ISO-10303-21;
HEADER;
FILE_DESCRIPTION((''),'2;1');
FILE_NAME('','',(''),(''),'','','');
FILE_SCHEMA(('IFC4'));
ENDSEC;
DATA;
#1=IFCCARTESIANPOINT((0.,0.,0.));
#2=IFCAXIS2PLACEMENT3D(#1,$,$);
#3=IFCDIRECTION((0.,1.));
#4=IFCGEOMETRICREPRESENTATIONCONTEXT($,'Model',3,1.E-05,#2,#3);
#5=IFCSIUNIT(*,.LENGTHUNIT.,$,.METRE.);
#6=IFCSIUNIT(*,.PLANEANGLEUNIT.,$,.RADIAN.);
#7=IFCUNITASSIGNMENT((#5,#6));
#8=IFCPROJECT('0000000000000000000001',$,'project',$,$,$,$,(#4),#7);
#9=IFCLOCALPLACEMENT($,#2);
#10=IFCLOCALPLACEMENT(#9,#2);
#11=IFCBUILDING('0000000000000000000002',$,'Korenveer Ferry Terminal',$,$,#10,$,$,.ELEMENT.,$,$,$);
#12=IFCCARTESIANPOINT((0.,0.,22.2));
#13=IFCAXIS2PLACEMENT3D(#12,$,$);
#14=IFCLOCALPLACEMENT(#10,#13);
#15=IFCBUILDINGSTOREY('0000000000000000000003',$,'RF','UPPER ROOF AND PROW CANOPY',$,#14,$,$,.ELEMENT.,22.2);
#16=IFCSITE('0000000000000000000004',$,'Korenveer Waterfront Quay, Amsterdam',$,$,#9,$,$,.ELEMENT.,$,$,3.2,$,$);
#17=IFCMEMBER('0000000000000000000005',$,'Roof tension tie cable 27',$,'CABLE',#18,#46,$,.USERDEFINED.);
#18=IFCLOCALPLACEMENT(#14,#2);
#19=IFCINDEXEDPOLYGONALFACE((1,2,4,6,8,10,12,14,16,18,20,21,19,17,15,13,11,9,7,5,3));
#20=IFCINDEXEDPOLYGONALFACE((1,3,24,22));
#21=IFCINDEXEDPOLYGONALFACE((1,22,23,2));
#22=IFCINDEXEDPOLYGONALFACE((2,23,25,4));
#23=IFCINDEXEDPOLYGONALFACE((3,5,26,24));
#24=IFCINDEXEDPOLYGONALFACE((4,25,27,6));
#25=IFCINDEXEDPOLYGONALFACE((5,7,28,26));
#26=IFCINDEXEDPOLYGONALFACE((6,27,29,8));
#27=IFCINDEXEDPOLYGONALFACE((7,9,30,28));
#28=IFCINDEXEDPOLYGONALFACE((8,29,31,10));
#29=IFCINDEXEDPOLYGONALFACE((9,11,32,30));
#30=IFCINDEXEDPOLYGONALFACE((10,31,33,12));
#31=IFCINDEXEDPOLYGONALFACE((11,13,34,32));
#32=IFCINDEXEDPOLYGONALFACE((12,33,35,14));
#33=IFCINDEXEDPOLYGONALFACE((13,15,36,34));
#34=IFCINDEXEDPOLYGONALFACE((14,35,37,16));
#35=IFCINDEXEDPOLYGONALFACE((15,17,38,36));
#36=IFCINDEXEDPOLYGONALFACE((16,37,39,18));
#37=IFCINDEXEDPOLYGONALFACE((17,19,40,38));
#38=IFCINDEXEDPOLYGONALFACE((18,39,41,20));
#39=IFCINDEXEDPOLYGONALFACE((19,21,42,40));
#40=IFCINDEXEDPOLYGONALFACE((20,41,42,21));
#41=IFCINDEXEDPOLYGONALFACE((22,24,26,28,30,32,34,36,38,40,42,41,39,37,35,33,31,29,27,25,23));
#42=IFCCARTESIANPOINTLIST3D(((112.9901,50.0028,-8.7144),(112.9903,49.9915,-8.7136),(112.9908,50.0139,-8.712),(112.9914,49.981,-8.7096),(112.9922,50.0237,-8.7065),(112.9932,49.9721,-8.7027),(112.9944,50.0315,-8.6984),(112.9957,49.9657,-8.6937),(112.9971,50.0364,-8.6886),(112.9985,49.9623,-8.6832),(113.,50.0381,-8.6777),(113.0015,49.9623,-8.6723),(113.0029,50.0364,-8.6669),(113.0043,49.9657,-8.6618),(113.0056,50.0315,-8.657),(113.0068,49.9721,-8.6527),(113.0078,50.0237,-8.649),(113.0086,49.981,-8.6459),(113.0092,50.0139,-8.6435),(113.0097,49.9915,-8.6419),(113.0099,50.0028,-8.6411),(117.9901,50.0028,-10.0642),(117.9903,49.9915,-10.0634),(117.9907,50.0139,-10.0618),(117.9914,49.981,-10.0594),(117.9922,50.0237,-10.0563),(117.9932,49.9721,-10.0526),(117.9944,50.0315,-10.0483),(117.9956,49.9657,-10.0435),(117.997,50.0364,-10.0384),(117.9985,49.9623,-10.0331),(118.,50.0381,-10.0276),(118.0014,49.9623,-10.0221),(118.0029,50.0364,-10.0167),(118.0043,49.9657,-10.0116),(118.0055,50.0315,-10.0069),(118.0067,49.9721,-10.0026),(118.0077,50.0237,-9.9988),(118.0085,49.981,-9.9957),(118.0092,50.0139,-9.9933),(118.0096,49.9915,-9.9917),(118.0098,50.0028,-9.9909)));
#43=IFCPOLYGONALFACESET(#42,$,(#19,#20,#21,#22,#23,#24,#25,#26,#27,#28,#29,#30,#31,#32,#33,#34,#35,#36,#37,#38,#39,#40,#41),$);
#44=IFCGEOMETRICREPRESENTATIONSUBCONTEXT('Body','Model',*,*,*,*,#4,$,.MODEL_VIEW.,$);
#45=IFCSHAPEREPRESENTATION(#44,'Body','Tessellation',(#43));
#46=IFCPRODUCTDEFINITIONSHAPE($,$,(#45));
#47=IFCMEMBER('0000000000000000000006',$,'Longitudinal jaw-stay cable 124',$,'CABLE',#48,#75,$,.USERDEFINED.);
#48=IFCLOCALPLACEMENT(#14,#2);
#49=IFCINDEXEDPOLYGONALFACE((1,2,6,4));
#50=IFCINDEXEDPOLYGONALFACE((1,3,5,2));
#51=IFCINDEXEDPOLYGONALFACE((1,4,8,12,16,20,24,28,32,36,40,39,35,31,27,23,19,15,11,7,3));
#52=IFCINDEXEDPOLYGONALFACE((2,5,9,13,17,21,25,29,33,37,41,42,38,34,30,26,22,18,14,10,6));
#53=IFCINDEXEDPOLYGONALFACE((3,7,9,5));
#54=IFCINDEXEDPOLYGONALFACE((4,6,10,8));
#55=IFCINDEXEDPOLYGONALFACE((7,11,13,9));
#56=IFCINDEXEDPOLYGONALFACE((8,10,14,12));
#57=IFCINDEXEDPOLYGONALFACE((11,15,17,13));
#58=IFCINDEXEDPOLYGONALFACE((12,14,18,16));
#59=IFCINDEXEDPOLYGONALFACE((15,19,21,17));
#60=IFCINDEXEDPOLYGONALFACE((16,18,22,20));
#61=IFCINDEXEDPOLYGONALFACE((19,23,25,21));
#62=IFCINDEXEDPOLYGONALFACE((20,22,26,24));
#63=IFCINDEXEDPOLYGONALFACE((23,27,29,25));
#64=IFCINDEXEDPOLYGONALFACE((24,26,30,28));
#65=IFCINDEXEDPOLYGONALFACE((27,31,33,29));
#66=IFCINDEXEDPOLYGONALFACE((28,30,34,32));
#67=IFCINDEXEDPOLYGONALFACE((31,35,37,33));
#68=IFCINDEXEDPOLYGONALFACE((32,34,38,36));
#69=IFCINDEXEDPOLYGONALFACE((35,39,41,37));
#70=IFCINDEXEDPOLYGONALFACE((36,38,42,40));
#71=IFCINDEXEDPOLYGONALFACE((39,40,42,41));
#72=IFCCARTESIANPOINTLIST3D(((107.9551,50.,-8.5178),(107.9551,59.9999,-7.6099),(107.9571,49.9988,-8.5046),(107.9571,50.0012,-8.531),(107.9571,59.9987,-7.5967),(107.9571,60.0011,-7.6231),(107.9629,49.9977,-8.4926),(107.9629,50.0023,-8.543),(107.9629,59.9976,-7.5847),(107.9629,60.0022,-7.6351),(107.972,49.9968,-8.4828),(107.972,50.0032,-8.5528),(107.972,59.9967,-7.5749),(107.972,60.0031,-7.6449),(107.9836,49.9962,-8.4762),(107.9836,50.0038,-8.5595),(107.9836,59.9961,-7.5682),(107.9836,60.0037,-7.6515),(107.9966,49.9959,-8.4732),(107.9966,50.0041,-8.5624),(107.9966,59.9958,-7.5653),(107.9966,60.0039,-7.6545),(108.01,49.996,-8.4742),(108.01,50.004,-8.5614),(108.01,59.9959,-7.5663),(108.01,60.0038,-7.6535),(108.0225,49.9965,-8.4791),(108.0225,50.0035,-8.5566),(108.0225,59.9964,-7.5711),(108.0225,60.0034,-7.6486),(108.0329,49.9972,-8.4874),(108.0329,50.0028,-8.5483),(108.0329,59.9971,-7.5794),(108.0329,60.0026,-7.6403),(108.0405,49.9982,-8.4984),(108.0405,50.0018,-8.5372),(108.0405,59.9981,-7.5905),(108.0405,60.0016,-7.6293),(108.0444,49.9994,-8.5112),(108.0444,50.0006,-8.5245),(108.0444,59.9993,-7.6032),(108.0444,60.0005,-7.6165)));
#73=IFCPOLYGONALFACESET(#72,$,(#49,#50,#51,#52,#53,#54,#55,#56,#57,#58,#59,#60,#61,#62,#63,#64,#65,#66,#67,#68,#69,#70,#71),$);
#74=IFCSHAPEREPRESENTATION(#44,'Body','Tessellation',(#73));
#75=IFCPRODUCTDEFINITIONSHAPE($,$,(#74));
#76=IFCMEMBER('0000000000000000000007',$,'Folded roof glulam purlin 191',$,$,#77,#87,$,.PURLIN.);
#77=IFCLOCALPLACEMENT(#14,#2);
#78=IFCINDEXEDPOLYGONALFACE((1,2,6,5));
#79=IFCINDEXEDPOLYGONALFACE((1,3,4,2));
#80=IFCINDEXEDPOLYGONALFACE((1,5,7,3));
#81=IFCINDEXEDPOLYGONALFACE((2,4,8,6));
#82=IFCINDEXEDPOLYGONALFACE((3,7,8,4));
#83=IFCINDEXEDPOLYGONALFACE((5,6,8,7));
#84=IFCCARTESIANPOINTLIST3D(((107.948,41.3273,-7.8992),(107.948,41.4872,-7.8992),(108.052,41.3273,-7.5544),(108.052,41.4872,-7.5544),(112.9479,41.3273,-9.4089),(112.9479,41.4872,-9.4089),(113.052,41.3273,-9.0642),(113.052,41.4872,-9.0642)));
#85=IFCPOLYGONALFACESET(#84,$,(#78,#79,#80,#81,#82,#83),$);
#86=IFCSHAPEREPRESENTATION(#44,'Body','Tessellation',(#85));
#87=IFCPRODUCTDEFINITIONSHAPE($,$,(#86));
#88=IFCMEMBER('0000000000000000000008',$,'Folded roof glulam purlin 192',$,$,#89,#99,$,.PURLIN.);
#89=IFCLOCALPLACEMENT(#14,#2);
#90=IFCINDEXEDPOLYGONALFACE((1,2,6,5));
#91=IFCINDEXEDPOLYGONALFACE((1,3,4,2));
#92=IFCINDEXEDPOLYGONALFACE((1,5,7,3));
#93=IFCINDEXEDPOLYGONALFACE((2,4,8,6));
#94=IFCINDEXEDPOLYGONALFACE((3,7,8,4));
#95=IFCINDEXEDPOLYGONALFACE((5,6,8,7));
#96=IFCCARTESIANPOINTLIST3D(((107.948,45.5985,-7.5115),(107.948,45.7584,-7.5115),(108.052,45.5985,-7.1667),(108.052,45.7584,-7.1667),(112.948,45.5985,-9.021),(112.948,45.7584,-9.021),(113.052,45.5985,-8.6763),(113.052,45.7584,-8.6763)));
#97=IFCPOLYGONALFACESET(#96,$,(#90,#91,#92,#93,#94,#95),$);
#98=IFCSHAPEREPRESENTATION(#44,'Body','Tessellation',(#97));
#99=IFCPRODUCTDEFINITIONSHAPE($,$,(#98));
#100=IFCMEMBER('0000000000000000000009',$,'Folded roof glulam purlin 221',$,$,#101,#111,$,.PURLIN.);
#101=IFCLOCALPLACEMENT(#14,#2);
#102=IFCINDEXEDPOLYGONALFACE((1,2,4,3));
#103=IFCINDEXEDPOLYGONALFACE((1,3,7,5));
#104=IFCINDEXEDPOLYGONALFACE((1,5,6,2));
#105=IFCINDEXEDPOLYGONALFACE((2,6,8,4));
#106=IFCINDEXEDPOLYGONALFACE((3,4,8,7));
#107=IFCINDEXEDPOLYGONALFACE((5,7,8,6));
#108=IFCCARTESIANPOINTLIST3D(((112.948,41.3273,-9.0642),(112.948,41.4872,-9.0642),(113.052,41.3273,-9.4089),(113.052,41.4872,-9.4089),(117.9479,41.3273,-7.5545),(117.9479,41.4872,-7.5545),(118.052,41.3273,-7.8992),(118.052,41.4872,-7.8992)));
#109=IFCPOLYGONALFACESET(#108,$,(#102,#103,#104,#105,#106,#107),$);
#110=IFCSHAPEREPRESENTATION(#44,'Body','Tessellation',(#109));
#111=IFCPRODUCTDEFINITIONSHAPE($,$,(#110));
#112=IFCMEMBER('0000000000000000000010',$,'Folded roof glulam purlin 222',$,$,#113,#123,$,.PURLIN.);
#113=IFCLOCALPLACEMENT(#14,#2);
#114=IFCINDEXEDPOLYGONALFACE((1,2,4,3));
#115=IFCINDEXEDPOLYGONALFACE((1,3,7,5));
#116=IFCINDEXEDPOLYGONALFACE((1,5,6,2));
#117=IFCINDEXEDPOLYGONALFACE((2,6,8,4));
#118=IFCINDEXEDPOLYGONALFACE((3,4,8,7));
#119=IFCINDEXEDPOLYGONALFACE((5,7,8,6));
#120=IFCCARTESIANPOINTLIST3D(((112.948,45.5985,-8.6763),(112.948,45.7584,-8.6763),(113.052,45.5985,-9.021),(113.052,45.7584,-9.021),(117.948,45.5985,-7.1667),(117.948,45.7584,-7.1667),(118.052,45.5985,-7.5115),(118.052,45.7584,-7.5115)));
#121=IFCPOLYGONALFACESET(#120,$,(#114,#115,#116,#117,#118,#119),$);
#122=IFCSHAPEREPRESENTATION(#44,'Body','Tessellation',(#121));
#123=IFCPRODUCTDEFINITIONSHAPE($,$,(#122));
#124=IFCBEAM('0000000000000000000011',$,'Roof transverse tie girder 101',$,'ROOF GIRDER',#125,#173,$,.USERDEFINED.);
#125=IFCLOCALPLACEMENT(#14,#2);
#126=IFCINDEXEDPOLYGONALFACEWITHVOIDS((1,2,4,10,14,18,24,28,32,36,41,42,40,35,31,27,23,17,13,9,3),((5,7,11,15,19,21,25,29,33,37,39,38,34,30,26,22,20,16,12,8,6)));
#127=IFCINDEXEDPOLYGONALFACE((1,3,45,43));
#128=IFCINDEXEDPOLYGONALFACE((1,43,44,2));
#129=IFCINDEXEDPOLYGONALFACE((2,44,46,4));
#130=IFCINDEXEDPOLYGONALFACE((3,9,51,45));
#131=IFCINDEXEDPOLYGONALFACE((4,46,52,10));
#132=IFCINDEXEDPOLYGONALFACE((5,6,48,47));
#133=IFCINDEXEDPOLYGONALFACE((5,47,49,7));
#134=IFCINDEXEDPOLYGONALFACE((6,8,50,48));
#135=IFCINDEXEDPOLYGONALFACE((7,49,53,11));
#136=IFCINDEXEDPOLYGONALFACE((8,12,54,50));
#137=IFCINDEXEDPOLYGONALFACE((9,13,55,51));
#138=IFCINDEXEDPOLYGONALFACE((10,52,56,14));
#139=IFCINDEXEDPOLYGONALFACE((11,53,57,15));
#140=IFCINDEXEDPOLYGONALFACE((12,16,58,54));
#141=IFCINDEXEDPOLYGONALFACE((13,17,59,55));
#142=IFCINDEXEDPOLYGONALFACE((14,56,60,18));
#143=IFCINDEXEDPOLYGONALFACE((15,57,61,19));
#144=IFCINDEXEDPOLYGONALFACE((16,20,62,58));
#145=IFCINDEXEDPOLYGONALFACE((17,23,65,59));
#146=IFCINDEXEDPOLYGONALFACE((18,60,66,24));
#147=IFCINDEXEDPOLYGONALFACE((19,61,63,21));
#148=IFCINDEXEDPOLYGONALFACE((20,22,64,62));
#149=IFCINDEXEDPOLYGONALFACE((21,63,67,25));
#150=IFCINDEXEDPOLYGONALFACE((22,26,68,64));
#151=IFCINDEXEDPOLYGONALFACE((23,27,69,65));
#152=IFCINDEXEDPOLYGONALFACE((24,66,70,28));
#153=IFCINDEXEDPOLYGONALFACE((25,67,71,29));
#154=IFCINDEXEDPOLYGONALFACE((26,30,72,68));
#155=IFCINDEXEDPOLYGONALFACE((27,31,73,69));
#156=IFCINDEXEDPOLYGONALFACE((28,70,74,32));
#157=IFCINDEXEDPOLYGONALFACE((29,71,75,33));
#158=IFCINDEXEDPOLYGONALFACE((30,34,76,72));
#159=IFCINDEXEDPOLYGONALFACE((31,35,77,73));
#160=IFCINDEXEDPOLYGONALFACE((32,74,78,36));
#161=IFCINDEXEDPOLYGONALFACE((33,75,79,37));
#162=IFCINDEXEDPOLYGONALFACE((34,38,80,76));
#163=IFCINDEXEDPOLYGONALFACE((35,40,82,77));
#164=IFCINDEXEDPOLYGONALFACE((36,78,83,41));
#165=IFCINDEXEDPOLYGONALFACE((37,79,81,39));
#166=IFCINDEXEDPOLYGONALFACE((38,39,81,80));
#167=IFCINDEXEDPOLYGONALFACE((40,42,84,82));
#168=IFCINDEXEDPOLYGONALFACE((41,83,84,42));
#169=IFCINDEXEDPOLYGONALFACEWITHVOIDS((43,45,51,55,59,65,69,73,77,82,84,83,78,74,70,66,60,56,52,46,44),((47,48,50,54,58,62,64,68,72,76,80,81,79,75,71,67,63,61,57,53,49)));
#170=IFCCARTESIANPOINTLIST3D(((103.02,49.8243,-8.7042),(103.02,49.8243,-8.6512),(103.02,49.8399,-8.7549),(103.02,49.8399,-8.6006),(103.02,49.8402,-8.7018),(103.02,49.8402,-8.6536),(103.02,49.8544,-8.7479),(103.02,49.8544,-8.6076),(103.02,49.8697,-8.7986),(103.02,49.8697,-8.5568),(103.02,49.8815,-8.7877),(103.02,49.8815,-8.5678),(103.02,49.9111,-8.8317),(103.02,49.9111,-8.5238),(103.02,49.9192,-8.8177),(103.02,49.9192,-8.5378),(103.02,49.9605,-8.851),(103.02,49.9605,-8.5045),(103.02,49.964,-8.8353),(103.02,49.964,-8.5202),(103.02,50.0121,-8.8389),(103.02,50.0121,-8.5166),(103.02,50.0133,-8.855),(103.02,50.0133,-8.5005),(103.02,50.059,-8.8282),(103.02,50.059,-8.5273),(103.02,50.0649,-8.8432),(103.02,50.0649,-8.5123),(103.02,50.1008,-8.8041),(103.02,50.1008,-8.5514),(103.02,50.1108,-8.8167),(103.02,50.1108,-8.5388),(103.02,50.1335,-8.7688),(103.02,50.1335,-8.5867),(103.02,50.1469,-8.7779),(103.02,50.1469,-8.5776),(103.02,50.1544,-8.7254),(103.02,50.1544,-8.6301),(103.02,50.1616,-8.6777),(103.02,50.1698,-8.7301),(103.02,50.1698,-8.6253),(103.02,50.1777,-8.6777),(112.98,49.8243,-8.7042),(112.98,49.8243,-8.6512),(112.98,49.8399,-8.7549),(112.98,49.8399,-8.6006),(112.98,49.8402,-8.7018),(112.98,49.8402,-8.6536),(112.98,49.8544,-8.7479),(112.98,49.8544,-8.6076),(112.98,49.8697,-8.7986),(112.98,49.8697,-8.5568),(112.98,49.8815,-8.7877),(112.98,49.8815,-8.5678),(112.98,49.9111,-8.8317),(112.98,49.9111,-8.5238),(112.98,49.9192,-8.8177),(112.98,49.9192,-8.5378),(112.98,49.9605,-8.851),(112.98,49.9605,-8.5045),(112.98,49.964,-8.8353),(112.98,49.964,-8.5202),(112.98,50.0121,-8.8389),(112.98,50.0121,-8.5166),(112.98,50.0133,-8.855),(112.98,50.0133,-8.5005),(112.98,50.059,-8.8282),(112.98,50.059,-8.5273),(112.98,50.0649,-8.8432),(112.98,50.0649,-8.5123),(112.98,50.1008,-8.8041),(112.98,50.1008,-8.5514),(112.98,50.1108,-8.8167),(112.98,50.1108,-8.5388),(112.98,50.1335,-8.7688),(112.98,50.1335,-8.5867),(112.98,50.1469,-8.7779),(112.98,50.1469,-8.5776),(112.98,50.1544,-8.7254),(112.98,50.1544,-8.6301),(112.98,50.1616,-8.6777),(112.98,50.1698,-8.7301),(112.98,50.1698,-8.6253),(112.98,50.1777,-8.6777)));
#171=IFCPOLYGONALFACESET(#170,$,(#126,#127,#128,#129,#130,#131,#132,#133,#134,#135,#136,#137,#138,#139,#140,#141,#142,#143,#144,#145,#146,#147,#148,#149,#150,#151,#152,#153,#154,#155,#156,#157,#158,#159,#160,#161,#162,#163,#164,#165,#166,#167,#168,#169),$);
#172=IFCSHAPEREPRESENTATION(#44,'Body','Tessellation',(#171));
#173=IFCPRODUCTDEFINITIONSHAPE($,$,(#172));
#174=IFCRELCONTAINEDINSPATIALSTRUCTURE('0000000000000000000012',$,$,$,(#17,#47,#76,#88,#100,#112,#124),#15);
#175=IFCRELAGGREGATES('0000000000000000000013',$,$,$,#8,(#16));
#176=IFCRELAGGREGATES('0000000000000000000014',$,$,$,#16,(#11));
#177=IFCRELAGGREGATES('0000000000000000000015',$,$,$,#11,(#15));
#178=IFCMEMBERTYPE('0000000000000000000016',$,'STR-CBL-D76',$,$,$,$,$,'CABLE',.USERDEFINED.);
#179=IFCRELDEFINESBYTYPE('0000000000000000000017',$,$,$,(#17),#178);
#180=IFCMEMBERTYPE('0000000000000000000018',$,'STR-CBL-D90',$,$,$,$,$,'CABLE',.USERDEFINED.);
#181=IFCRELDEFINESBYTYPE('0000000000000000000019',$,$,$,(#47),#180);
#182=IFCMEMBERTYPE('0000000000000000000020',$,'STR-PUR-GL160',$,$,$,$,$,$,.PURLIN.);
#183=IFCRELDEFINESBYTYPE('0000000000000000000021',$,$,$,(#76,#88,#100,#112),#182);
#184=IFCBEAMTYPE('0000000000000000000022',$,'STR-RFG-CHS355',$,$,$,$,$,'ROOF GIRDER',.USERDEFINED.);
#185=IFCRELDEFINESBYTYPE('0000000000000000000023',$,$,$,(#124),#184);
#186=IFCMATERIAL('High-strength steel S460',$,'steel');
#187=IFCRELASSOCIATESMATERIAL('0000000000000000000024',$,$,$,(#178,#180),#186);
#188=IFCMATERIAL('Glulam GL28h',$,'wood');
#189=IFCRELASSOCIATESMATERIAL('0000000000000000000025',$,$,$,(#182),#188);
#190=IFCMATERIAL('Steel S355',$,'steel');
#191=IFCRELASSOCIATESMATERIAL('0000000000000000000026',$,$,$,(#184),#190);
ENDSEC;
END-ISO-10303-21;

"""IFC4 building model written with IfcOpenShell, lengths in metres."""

from ifc_helpers import new_model, si_unit, direction, frame, origin, origin_2d, place, context, subcontext, project, spatial, rectangle, circle, hollow_circle, extrude, material, material_profile, profile_set, type_object, element, save


model = new_model("IFC4")

# Units and contexts
model_context = context("Model", 3, precision=1e-05, world=origin(), true_north=direction((0.0, 1.0)))
body_context = subcontext(model_context, "Body", "Model", "MODEL_VIEW")
ifc_project = project(units=[si_unit("LENGTHUNIT", "METRE"), si_unit("PLANEANGLEUNIT", "RADIAN")], contexts=[model_context])

# Site, building, storey
site_placement = place(None, origin())
site = spatial("IfcSite", under=ifc_project, at=site_placement, Name="Korenveer Waterfront Quay, Amsterdam", CompositionType="ELEMENT", RefElevation=3.2)
building_placement = place(site_placement, origin())
building = spatial("IfcBuilding", under=site, at=building_placement, Name="Korenveer Ferry Terminal", CompositionType="ELEMENT")
storey_placement = place(building_placement, frame((0.0, 0.0, 22.2)))
storey = spatial("IfcBuildingStorey", under=building, at=storey_placement, Name="RF", Description="UPPER ROOF AND PROW CANOPY", CompositionType="ELEMENT", Elevation=22.2)

# Shared definitions
ifc_material_1 = material(Name="Steel S355", Category="steel")

# Members
ifc_material_2 = material(Name="High-strength steel S460", Category="steel")
ifc_material_profile_1 = material_profile(ifc_material_2, circle(Radius=0.0381, at=origin_2d()), Name="ROD D76")
ifc_profile_set_1 = profile_set([ifc_material_profile_1], Name="High-strength steel S460")
member_type_1 = type_object("IfcMemberType", Name="STR-CBL-D76", ElementType="CABLE", PredefinedType="USERDEFINED", material=ifc_profile_set_1)
for number, where, z_axis, x_axis, name in (
    (1, (113.0, 50.0, -8.6777), (0.965436, 0.0, -0.260639), (0.0, 1.0, 0.0), "Roof tension tie cable 27"),
):
    element("IfcMember", number, at=place(storey_placement, frame(where, z_axis=z_axis, x_axis=x_axis)), inside=storey, type_object=member_type_1, Name=name, ObjectType="CABLE", PredefinedType="USERDEFINED", context=body_context, shape_type="SweptSolid", body=[
        extrude(circle(Radius=0.0381, at=origin_2d()), origin(), (0.0, 0.0, 1.0), 5.179),
    ])
ifc_material_profile_2 = material_profile(ifc_material_2, circle(Radius=0.0449, at=origin_2d()), Name="ROD D90")
ifc_profile_set_2 = profile_set([ifc_material_profile_2], Name="High-strength steel S460")
member_type_2 = type_object("IfcMemberType", Name="STR-CBL-D90", ElementType="CABLE", PredefinedType="USERDEFINED", material=ifc_profile_set_2)
member_1_placement = place(storey_placement, frame((108.0, 50.0, -8.5178), z_axis=(0.0, 0.995903, 0.090424), x_axis=(-1.0, 0.0, 0.0)))
element("IfcMember", 2, at=member_1_placement, inside=storey, type_object=member_type_2, Name="Longitudinal jaw-stay cable 124", ObjectType="CABLE", PredefinedType="USERDEFINED", context=body_context, shape_type="SweptSolid", body=[
    extrude(circle(Radius=0.0449, at=origin_2d()), origin(), (0.0, 0.0, 1.0), 10.041),
])
ifc_material_3 = material(Name="Glulam GL28h", Category="wood")
ifc_material_profile_3 = material_profile(ifc_material_3, rectangle(XDim=0.1599, YDim=0.3601, at=origin_2d()), Name="GL 160x360")
ifc_profile_set_3 = profile_set([ifc_material_profile_3], Name="Glulam GL28h")
member_type_3 = type_object("IfcMemberType", Name="STR-PUR-GL160", PredefinedType="PURLIN", material=ifc_profile_set_3)
for number, where, z_axis, x_axis, name in (
    (3, (108.0, 41.4072, -7.7268), (0.95731, 0.0, -0.289063), (0.0, 1.0, 0.0), "Folded roof glulam purlin 191"),
    (4, (108.0, 45.6785, -7.3391), (0.957323, 0.0, -0.28902), (0.0, 1.0, 0.0), "Folded roof glulam purlin 192"),
    (5, (113.0, 41.4072, -9.2366), (0.95731, 0.0, 0.289063), (0.0, 1.0, 0.0), "Folded roof glulam purlin 221"),
    (6, (113.0, 45.6785, -8.8486), (0.957323, 0.0, 0.28902), (0.0, 1.0, 0.0), "Folded roof glulam purlin 222"),
):
    element("IfcMember", number, at=place(storey_placement, frame(where, z_axis=z_axis, x_axis=x_axis)), inside=storey, type_object=member_type_3, Name=name, PredefinedType="PURLIN", context=body_context, shape_type="SweptSolid", body=[
        extrude(rectangle(XDim=0.1599, YDim=0.3601, at=origin_2d()), origin(), (0.0, 0.0, 1.0), 5.2229),
    ])

# Beam
ifc_material_profile_4 = material_profile(ifc_material_1, hollow_circle(Radius=0.1777, WallThickness=0.0161, at=origin_2d()), Name="CHS 355.6x16")
ifc_profile_set_4 = profile_set([ifc_material_profile_4], Name="Steel S355")
beam_type_1 = type_object("IfcBeamType", Name="STR-RFG-CHS355", ElementType="ROOF GIRDER", PredefinedType="USERDEFINED", material=ifc_profile_set_4)
for number, where, z_axis, x_axis, name in (
    (7, (103.02, 50.0, -8.6777), (1.0, 0.0, 0.0), (0.0, 1.0, 0.0), "Roof transverse tie girder 101"),
):
    element("IfcBeam", number, at=place(storey_placement, frame(where, z_axis=z_axis, x_axis=x_axis)), inside=storey, type_object=beam_type_1, Name=name, ObjectType="ROOF GIRDER", PredefinedType="USERDEFINED", context=body_context, shape_type="SweptSolid", body=[
        extrude(hollow_circle(Radius=0.1777, WallThickness=0.0161, at=origin_2d()), origin(), (0.0, 0.0, 1.0), 9.96),
    ])

save(model, "model.ifc")
